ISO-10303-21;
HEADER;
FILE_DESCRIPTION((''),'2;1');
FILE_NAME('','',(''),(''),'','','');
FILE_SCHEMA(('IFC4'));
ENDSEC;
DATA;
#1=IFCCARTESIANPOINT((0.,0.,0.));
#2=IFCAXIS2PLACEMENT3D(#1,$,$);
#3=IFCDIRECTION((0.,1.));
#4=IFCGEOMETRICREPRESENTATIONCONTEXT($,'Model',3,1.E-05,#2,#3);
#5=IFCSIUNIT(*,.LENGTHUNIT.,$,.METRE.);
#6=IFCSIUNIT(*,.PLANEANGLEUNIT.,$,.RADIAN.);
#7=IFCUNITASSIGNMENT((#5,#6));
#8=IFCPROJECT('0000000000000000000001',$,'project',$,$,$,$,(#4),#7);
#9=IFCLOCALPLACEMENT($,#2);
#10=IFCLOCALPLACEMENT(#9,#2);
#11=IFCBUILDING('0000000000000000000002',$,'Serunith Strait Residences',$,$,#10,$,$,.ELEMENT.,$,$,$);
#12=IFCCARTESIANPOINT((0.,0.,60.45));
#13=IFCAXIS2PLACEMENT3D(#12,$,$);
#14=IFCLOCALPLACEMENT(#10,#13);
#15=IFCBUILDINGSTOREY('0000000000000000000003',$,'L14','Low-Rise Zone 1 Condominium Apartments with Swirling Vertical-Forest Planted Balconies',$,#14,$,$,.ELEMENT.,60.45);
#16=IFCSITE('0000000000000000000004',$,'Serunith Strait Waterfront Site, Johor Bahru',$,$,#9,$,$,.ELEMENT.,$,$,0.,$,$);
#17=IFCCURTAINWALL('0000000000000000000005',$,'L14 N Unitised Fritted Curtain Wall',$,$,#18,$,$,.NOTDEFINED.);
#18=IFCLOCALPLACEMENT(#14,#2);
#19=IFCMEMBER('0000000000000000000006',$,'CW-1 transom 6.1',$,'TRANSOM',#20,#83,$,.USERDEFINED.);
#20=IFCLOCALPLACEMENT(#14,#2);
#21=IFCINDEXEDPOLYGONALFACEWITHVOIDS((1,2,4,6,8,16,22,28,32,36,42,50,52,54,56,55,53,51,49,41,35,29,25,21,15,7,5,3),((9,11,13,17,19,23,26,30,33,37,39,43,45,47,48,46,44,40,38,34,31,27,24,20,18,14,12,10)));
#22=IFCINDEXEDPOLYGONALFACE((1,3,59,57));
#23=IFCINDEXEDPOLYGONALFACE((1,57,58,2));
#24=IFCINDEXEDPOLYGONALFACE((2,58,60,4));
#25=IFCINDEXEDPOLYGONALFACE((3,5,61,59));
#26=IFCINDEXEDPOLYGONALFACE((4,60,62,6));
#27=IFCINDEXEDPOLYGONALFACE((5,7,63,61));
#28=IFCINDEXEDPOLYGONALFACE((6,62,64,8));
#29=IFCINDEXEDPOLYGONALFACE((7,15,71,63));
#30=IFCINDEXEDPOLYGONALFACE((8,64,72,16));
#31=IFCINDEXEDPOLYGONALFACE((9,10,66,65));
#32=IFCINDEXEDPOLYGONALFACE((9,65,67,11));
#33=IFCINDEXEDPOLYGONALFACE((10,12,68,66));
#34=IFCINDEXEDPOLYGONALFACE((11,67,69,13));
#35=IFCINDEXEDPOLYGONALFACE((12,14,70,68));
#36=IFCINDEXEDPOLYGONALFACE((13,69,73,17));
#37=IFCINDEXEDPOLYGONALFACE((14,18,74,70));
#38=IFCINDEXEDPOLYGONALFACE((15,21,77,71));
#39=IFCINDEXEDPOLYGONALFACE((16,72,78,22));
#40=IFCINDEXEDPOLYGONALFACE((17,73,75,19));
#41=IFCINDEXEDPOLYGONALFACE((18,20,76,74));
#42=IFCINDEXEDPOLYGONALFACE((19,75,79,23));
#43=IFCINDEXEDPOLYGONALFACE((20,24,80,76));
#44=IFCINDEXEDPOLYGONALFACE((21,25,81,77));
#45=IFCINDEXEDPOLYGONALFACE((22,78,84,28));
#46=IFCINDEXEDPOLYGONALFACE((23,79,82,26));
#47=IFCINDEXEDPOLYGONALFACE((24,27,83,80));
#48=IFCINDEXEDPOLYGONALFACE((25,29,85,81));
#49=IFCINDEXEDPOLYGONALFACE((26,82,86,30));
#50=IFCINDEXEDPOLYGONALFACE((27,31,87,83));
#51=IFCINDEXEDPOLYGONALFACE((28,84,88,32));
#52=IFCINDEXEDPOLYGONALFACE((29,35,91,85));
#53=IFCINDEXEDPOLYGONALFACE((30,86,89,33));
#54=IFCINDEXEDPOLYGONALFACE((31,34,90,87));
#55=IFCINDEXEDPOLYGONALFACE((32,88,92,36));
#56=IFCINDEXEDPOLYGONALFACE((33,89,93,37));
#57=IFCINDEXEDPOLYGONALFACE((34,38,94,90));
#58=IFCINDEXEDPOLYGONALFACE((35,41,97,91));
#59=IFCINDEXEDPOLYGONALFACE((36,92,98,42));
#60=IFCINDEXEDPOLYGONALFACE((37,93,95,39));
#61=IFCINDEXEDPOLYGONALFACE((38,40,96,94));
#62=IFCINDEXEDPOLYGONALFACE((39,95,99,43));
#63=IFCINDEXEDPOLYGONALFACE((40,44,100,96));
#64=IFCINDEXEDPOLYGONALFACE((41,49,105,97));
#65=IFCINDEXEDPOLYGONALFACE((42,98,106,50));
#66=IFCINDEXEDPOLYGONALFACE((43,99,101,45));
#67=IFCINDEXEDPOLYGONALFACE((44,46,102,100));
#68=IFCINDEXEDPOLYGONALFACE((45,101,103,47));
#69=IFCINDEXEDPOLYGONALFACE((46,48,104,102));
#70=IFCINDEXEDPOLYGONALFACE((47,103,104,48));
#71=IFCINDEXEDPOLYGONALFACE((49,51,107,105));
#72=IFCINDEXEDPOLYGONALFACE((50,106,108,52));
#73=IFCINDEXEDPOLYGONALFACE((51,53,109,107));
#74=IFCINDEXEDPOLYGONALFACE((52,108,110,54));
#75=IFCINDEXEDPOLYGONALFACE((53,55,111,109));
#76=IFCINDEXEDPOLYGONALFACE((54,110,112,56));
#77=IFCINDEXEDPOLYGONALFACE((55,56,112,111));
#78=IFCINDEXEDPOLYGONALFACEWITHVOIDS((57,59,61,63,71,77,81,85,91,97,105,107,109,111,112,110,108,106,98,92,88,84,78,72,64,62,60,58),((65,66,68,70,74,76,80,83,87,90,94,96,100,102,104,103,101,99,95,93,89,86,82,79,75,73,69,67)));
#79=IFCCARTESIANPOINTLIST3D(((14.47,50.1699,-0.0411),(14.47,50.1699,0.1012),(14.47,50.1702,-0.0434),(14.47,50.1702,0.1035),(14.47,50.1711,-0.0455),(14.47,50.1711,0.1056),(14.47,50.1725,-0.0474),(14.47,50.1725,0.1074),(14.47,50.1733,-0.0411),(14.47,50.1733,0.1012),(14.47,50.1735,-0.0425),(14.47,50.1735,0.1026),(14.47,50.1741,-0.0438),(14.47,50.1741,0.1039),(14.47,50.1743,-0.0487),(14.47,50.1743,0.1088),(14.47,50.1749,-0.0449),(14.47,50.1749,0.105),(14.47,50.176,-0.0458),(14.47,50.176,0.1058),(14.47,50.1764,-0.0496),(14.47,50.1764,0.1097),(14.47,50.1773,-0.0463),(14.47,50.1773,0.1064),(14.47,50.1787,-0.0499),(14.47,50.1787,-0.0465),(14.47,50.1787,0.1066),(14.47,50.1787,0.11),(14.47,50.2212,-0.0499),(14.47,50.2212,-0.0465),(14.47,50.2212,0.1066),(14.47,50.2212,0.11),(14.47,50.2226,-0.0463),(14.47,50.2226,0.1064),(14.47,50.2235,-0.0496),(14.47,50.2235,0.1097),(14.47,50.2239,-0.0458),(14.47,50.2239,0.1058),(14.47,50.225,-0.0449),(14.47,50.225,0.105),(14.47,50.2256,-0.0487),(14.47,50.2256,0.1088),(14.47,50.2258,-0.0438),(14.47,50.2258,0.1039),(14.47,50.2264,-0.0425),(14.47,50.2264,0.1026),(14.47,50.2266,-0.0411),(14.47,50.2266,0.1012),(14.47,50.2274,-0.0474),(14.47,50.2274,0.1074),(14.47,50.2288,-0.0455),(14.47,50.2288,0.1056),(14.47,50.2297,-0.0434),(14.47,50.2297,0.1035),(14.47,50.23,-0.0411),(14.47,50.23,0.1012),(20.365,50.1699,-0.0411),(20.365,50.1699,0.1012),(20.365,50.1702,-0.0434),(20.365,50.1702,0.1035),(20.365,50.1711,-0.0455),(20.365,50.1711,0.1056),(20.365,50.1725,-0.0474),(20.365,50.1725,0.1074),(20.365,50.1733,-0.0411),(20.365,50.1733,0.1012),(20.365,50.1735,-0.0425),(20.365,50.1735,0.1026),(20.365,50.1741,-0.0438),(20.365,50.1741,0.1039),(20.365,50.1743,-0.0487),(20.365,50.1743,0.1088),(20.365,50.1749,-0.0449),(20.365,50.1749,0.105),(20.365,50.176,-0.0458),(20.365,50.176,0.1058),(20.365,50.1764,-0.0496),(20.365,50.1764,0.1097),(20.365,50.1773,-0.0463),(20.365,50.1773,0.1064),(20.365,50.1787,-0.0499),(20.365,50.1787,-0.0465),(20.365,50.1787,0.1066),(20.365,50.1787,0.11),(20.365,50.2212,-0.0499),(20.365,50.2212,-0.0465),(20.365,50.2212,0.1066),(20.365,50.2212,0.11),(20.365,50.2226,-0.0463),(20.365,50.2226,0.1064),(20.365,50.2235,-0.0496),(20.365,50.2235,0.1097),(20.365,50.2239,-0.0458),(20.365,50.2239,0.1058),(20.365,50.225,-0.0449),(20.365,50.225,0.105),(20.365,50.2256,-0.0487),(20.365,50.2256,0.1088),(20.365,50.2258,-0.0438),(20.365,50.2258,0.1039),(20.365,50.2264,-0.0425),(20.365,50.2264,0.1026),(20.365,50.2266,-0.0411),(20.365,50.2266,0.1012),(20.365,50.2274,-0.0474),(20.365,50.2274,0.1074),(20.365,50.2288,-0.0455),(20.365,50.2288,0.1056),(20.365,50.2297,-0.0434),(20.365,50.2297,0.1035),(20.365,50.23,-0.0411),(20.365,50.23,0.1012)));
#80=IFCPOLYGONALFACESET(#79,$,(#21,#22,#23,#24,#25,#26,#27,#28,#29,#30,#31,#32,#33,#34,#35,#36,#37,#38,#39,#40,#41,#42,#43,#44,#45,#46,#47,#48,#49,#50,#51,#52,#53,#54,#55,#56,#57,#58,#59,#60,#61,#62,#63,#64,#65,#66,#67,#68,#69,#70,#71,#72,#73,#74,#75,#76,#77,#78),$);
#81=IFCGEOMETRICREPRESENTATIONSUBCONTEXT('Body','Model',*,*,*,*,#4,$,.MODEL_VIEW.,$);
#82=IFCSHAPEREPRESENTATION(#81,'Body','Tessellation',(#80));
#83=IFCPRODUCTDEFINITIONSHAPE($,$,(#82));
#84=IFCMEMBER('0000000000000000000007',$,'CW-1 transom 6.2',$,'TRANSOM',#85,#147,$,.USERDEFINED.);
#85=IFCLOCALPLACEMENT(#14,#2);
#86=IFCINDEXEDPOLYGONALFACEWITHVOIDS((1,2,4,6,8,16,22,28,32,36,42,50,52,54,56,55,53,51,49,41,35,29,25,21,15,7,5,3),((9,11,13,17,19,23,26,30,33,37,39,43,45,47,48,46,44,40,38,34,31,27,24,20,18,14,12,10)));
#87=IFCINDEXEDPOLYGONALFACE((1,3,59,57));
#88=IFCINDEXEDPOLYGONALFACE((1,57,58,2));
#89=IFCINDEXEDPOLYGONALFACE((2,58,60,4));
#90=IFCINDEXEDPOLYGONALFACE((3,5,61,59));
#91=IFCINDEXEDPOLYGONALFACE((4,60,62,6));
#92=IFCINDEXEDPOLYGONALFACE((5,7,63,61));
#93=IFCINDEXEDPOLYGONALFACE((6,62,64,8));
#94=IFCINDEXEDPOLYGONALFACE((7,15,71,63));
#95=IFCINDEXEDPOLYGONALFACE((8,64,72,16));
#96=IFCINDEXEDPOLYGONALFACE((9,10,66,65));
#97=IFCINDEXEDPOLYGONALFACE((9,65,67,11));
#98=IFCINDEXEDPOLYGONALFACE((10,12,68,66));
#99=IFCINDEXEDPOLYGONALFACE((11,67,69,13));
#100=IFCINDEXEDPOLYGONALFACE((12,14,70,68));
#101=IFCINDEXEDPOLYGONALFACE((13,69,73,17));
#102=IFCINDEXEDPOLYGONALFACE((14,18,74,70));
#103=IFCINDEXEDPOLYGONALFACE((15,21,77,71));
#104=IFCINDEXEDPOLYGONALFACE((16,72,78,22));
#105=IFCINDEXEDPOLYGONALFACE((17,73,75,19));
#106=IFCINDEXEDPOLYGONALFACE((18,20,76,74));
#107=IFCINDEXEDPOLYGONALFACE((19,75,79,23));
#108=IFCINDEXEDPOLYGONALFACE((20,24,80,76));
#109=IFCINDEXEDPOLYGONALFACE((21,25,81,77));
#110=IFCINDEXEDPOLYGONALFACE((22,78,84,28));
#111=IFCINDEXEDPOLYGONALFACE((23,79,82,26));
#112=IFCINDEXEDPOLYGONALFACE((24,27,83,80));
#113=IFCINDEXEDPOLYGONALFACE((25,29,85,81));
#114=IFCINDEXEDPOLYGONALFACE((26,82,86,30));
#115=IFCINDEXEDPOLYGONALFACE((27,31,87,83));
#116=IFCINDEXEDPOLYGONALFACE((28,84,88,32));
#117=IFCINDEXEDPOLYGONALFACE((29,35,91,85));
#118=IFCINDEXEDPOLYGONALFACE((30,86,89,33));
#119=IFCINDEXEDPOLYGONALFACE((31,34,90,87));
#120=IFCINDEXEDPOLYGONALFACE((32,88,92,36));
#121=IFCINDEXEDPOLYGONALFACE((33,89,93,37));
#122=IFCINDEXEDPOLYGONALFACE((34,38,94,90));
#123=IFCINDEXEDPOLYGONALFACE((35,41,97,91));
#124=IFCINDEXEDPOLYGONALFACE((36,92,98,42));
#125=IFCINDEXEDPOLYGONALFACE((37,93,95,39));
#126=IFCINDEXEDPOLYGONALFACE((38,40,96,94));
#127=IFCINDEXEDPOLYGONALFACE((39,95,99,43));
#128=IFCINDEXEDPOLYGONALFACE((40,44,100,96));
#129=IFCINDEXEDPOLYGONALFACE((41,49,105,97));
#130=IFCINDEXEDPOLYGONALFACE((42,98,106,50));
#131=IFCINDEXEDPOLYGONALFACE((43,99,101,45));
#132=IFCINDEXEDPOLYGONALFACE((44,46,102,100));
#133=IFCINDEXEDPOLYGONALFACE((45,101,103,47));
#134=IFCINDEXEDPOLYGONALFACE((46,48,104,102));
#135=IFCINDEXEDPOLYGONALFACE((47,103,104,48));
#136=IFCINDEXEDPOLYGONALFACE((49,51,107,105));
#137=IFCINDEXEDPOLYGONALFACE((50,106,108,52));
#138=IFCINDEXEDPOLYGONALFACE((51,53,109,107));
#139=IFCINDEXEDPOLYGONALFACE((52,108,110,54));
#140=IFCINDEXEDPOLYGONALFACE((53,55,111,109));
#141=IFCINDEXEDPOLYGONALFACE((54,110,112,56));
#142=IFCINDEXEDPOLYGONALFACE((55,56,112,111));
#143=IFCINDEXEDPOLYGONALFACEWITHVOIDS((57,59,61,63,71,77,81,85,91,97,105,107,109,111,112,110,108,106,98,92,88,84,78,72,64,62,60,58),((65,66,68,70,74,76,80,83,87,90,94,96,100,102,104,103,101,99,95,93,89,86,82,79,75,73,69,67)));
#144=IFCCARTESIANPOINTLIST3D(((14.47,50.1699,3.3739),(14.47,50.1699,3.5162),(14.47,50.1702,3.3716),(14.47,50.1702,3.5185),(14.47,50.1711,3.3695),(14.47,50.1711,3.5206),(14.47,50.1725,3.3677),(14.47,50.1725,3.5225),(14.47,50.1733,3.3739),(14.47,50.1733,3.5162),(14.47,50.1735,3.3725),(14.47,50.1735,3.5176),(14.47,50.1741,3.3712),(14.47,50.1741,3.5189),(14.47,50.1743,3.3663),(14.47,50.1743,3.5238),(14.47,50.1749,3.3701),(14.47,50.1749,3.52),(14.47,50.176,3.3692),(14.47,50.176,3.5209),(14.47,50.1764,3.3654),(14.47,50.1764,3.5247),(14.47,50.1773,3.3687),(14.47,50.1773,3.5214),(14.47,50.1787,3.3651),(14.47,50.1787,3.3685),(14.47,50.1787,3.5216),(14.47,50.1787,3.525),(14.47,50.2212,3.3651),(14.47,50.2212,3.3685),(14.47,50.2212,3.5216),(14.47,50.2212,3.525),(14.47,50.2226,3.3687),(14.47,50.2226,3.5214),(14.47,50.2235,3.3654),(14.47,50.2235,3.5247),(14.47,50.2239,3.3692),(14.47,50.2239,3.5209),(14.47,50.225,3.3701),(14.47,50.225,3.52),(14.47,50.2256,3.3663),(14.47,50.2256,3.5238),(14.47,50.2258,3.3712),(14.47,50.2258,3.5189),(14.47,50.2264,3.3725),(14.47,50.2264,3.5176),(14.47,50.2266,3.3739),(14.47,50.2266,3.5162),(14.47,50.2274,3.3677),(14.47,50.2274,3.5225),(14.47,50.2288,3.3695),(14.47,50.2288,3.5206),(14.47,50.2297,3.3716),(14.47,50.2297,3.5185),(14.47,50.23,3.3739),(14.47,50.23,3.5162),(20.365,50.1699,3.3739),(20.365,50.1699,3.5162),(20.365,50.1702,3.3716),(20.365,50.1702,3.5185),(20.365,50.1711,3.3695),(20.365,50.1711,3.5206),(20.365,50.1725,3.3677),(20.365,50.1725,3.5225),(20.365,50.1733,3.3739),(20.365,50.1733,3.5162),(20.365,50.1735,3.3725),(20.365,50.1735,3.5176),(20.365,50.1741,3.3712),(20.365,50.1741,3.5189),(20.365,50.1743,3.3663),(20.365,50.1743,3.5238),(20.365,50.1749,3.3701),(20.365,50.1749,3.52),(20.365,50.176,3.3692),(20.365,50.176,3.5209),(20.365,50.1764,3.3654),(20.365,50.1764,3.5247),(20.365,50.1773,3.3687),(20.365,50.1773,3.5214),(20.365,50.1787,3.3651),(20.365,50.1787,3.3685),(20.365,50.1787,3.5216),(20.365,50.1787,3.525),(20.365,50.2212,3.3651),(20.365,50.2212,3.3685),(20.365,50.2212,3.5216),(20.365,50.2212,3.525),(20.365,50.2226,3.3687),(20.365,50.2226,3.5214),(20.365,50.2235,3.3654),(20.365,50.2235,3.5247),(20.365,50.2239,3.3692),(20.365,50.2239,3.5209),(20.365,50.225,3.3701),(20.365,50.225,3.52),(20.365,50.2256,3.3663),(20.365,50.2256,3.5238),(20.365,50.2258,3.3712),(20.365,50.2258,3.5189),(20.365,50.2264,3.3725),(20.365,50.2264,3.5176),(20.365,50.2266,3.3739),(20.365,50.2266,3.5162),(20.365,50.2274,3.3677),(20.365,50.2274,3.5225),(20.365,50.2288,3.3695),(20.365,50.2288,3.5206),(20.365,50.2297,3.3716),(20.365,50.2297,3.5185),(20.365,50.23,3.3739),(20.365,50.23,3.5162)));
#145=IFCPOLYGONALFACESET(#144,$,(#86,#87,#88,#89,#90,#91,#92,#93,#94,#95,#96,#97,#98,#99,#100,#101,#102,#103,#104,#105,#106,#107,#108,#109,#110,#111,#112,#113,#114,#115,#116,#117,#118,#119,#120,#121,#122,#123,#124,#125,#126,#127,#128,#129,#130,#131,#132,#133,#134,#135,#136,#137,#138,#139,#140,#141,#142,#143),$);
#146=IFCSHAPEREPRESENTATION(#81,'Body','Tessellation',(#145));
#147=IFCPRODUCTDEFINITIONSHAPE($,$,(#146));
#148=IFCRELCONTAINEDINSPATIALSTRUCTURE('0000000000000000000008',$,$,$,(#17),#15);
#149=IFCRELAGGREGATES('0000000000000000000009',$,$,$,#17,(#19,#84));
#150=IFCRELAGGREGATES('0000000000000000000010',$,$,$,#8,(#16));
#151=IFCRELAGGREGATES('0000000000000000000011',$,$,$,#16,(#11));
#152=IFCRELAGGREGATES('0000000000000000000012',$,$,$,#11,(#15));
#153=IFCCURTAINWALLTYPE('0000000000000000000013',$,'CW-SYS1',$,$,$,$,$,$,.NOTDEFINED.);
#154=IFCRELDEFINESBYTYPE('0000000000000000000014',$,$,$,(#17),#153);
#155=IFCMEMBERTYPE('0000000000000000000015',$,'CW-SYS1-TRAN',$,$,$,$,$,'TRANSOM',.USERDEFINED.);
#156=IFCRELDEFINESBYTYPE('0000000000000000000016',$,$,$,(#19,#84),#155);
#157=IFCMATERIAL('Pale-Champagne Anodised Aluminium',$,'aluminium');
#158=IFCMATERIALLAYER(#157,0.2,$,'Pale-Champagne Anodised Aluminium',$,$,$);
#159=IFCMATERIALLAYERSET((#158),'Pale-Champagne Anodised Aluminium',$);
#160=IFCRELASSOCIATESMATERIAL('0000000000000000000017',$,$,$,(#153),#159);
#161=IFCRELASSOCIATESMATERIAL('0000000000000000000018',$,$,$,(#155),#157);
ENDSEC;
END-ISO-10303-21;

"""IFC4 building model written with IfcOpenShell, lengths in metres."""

from ifc_helpers import new_model, si_unit, direction, frame, origin, origin_2d, place, context, subcontext, project, spatial, hollow_rectangle, extrude, source, transform, mapped, material, layer, layer_set, material_profile, profile_set, type_object, element, aggregate, save


model = new_model("IFC4")

# Units and contexts
model_context = context("Model", 3, precision=1e-05, world=origin(), true_north=direction((0.0, 1.0)))
body_context = subcontext(model_context, "Body", "Model", "MODEL_VIEW")
ifc_project = project(units=[si_unit("LENGTHUNIT", "METRE"), si_unit("PLANEANGLEUNIT", "RADIAN")], contexts=[model_context])

# Site, building, storey
site_placement = place(None, origin())
site = spatial("IfcSite", under=ifc_project, at=site_placement, Name="Serunith Strait Waterfront Site, Johor Bahru", CompositionType="ELEMENT", RefElevation=0.0)
building_placement = place(site_placement, origin())
building = spatial("IfcBuilding", under=site, at=building_placement, Name="Serunith Strait Residences", CompositionType="ELEMENT")
storey_placement = place(building_placement, frame((0.0, 0.0, 60.45)))
storey = spatial("IfcBuildingStorey", under=building, at=storey_placement, Name="L14", Description="Low-Rise Zone 1 Condominium Apartments with Swirling Vertical-Forest Planted Balconies", CompositionType="ELEMENT", Elevation=60.45)

# Curtain wall, members
ifc_material_1 = material(Name="Pale-Champagne Anodised Aluminium", Category="aluminium")
ifc_layer_1 = layer(ifc_material_1, 0.2, Name="Pale-Champagne Anodised Aluminium")
ifc_layer_set_1 = layer_set([ifc_layer_1], Name="Pale-Champagne Anodised Aluminium")
curtain_wall_type = type_object("IfcCurtainWallType", Name="CW-SYS1", PredefinedType="NOTDEFINED", material=ifc_layer_set_1)
curtain_wall_placement = place(storey_placement, origin())
curtain_wall = element("IfcCurtainWall", 1, at=curtain_wall_placement, inside=storey, type_object=curtain_wall_type, Name="L14 N Unitised Fritted Curtain Wall", PredefinedType="NOTDEFINED")
ifc_material_profile_1 = material_profile(ifc_material_1, hollow_rectangle(XDim=0.0601, YDim=0.1599, WallThickness=0.0034, InnerFilletRadius=0.0054, OuterFilletRadius=0.0088, at=origin_2d()), Name="ALU 160x60x3.5")
ifc_profile_set_1 = profile_set([ifc_material_profile_1], Name="Pale-Champagne Anodised Aluminium")
member_type_1 = type_object("IfcMemberType", Name="CW-SYS1-TRAN", ElementType="TRANSOM", PredefinedType="USERDEFINED", material=ifc_profile_set_1)
shared_shape_1 = source(origin(), body_context, "Body", "SweptSolid", [
    extrude(hollow_rectangle(XDim=0.0601, YDim=0.1599, WallThickness=0.0034, InnerFilletRadius=0.0054, OuterFilletRadius=0.0088, at=origin_2d()), origin(), (0.0, 0.0, 1.0), 5.895),
])
member_1_placement = place(storey_placement, frame((20.365, 50.2, 0.03), z_axis=(-1.0, 0.0, 0.0), x_axis=(0.0, -1.0, 0.0)))
member_1 = element("IfcMember", 2, at=member_1_placement, type_object=member_type_1, Name="CW-1 transom 6.1", ObjectType="TRANSOM", PredefinedType="USERDEFINED", context=body_context, shape_type="MappedRepresentation", body=[
    mapped(shared_shape_1, transform((0.0, 0.0, 0.0), scale=1.0)),
])
member_2_placement = place(storey_placement, frame((20.365, 50.2, 3.4451), z_axis=(-1.0, 0.0, 0.0), x_axis=(0.0, -1.0, 0.0)))
member_2 = element("IfcMember", 3, at=member_2_placement, type_object=member_type_1, Name="CW-1 transom 6.2", ObjectType="TRANSOM", PredefinedType="USERDEFINED", context=body_context, shape_type="MappedRepresentation", body=[
    mapped(shared_shape_1, transform((0.0, 0.0, 0.0), scale=1.0)),
])
aggregate(curtain_wall, [member_1, member_2])

save(model, "model.ifc")
